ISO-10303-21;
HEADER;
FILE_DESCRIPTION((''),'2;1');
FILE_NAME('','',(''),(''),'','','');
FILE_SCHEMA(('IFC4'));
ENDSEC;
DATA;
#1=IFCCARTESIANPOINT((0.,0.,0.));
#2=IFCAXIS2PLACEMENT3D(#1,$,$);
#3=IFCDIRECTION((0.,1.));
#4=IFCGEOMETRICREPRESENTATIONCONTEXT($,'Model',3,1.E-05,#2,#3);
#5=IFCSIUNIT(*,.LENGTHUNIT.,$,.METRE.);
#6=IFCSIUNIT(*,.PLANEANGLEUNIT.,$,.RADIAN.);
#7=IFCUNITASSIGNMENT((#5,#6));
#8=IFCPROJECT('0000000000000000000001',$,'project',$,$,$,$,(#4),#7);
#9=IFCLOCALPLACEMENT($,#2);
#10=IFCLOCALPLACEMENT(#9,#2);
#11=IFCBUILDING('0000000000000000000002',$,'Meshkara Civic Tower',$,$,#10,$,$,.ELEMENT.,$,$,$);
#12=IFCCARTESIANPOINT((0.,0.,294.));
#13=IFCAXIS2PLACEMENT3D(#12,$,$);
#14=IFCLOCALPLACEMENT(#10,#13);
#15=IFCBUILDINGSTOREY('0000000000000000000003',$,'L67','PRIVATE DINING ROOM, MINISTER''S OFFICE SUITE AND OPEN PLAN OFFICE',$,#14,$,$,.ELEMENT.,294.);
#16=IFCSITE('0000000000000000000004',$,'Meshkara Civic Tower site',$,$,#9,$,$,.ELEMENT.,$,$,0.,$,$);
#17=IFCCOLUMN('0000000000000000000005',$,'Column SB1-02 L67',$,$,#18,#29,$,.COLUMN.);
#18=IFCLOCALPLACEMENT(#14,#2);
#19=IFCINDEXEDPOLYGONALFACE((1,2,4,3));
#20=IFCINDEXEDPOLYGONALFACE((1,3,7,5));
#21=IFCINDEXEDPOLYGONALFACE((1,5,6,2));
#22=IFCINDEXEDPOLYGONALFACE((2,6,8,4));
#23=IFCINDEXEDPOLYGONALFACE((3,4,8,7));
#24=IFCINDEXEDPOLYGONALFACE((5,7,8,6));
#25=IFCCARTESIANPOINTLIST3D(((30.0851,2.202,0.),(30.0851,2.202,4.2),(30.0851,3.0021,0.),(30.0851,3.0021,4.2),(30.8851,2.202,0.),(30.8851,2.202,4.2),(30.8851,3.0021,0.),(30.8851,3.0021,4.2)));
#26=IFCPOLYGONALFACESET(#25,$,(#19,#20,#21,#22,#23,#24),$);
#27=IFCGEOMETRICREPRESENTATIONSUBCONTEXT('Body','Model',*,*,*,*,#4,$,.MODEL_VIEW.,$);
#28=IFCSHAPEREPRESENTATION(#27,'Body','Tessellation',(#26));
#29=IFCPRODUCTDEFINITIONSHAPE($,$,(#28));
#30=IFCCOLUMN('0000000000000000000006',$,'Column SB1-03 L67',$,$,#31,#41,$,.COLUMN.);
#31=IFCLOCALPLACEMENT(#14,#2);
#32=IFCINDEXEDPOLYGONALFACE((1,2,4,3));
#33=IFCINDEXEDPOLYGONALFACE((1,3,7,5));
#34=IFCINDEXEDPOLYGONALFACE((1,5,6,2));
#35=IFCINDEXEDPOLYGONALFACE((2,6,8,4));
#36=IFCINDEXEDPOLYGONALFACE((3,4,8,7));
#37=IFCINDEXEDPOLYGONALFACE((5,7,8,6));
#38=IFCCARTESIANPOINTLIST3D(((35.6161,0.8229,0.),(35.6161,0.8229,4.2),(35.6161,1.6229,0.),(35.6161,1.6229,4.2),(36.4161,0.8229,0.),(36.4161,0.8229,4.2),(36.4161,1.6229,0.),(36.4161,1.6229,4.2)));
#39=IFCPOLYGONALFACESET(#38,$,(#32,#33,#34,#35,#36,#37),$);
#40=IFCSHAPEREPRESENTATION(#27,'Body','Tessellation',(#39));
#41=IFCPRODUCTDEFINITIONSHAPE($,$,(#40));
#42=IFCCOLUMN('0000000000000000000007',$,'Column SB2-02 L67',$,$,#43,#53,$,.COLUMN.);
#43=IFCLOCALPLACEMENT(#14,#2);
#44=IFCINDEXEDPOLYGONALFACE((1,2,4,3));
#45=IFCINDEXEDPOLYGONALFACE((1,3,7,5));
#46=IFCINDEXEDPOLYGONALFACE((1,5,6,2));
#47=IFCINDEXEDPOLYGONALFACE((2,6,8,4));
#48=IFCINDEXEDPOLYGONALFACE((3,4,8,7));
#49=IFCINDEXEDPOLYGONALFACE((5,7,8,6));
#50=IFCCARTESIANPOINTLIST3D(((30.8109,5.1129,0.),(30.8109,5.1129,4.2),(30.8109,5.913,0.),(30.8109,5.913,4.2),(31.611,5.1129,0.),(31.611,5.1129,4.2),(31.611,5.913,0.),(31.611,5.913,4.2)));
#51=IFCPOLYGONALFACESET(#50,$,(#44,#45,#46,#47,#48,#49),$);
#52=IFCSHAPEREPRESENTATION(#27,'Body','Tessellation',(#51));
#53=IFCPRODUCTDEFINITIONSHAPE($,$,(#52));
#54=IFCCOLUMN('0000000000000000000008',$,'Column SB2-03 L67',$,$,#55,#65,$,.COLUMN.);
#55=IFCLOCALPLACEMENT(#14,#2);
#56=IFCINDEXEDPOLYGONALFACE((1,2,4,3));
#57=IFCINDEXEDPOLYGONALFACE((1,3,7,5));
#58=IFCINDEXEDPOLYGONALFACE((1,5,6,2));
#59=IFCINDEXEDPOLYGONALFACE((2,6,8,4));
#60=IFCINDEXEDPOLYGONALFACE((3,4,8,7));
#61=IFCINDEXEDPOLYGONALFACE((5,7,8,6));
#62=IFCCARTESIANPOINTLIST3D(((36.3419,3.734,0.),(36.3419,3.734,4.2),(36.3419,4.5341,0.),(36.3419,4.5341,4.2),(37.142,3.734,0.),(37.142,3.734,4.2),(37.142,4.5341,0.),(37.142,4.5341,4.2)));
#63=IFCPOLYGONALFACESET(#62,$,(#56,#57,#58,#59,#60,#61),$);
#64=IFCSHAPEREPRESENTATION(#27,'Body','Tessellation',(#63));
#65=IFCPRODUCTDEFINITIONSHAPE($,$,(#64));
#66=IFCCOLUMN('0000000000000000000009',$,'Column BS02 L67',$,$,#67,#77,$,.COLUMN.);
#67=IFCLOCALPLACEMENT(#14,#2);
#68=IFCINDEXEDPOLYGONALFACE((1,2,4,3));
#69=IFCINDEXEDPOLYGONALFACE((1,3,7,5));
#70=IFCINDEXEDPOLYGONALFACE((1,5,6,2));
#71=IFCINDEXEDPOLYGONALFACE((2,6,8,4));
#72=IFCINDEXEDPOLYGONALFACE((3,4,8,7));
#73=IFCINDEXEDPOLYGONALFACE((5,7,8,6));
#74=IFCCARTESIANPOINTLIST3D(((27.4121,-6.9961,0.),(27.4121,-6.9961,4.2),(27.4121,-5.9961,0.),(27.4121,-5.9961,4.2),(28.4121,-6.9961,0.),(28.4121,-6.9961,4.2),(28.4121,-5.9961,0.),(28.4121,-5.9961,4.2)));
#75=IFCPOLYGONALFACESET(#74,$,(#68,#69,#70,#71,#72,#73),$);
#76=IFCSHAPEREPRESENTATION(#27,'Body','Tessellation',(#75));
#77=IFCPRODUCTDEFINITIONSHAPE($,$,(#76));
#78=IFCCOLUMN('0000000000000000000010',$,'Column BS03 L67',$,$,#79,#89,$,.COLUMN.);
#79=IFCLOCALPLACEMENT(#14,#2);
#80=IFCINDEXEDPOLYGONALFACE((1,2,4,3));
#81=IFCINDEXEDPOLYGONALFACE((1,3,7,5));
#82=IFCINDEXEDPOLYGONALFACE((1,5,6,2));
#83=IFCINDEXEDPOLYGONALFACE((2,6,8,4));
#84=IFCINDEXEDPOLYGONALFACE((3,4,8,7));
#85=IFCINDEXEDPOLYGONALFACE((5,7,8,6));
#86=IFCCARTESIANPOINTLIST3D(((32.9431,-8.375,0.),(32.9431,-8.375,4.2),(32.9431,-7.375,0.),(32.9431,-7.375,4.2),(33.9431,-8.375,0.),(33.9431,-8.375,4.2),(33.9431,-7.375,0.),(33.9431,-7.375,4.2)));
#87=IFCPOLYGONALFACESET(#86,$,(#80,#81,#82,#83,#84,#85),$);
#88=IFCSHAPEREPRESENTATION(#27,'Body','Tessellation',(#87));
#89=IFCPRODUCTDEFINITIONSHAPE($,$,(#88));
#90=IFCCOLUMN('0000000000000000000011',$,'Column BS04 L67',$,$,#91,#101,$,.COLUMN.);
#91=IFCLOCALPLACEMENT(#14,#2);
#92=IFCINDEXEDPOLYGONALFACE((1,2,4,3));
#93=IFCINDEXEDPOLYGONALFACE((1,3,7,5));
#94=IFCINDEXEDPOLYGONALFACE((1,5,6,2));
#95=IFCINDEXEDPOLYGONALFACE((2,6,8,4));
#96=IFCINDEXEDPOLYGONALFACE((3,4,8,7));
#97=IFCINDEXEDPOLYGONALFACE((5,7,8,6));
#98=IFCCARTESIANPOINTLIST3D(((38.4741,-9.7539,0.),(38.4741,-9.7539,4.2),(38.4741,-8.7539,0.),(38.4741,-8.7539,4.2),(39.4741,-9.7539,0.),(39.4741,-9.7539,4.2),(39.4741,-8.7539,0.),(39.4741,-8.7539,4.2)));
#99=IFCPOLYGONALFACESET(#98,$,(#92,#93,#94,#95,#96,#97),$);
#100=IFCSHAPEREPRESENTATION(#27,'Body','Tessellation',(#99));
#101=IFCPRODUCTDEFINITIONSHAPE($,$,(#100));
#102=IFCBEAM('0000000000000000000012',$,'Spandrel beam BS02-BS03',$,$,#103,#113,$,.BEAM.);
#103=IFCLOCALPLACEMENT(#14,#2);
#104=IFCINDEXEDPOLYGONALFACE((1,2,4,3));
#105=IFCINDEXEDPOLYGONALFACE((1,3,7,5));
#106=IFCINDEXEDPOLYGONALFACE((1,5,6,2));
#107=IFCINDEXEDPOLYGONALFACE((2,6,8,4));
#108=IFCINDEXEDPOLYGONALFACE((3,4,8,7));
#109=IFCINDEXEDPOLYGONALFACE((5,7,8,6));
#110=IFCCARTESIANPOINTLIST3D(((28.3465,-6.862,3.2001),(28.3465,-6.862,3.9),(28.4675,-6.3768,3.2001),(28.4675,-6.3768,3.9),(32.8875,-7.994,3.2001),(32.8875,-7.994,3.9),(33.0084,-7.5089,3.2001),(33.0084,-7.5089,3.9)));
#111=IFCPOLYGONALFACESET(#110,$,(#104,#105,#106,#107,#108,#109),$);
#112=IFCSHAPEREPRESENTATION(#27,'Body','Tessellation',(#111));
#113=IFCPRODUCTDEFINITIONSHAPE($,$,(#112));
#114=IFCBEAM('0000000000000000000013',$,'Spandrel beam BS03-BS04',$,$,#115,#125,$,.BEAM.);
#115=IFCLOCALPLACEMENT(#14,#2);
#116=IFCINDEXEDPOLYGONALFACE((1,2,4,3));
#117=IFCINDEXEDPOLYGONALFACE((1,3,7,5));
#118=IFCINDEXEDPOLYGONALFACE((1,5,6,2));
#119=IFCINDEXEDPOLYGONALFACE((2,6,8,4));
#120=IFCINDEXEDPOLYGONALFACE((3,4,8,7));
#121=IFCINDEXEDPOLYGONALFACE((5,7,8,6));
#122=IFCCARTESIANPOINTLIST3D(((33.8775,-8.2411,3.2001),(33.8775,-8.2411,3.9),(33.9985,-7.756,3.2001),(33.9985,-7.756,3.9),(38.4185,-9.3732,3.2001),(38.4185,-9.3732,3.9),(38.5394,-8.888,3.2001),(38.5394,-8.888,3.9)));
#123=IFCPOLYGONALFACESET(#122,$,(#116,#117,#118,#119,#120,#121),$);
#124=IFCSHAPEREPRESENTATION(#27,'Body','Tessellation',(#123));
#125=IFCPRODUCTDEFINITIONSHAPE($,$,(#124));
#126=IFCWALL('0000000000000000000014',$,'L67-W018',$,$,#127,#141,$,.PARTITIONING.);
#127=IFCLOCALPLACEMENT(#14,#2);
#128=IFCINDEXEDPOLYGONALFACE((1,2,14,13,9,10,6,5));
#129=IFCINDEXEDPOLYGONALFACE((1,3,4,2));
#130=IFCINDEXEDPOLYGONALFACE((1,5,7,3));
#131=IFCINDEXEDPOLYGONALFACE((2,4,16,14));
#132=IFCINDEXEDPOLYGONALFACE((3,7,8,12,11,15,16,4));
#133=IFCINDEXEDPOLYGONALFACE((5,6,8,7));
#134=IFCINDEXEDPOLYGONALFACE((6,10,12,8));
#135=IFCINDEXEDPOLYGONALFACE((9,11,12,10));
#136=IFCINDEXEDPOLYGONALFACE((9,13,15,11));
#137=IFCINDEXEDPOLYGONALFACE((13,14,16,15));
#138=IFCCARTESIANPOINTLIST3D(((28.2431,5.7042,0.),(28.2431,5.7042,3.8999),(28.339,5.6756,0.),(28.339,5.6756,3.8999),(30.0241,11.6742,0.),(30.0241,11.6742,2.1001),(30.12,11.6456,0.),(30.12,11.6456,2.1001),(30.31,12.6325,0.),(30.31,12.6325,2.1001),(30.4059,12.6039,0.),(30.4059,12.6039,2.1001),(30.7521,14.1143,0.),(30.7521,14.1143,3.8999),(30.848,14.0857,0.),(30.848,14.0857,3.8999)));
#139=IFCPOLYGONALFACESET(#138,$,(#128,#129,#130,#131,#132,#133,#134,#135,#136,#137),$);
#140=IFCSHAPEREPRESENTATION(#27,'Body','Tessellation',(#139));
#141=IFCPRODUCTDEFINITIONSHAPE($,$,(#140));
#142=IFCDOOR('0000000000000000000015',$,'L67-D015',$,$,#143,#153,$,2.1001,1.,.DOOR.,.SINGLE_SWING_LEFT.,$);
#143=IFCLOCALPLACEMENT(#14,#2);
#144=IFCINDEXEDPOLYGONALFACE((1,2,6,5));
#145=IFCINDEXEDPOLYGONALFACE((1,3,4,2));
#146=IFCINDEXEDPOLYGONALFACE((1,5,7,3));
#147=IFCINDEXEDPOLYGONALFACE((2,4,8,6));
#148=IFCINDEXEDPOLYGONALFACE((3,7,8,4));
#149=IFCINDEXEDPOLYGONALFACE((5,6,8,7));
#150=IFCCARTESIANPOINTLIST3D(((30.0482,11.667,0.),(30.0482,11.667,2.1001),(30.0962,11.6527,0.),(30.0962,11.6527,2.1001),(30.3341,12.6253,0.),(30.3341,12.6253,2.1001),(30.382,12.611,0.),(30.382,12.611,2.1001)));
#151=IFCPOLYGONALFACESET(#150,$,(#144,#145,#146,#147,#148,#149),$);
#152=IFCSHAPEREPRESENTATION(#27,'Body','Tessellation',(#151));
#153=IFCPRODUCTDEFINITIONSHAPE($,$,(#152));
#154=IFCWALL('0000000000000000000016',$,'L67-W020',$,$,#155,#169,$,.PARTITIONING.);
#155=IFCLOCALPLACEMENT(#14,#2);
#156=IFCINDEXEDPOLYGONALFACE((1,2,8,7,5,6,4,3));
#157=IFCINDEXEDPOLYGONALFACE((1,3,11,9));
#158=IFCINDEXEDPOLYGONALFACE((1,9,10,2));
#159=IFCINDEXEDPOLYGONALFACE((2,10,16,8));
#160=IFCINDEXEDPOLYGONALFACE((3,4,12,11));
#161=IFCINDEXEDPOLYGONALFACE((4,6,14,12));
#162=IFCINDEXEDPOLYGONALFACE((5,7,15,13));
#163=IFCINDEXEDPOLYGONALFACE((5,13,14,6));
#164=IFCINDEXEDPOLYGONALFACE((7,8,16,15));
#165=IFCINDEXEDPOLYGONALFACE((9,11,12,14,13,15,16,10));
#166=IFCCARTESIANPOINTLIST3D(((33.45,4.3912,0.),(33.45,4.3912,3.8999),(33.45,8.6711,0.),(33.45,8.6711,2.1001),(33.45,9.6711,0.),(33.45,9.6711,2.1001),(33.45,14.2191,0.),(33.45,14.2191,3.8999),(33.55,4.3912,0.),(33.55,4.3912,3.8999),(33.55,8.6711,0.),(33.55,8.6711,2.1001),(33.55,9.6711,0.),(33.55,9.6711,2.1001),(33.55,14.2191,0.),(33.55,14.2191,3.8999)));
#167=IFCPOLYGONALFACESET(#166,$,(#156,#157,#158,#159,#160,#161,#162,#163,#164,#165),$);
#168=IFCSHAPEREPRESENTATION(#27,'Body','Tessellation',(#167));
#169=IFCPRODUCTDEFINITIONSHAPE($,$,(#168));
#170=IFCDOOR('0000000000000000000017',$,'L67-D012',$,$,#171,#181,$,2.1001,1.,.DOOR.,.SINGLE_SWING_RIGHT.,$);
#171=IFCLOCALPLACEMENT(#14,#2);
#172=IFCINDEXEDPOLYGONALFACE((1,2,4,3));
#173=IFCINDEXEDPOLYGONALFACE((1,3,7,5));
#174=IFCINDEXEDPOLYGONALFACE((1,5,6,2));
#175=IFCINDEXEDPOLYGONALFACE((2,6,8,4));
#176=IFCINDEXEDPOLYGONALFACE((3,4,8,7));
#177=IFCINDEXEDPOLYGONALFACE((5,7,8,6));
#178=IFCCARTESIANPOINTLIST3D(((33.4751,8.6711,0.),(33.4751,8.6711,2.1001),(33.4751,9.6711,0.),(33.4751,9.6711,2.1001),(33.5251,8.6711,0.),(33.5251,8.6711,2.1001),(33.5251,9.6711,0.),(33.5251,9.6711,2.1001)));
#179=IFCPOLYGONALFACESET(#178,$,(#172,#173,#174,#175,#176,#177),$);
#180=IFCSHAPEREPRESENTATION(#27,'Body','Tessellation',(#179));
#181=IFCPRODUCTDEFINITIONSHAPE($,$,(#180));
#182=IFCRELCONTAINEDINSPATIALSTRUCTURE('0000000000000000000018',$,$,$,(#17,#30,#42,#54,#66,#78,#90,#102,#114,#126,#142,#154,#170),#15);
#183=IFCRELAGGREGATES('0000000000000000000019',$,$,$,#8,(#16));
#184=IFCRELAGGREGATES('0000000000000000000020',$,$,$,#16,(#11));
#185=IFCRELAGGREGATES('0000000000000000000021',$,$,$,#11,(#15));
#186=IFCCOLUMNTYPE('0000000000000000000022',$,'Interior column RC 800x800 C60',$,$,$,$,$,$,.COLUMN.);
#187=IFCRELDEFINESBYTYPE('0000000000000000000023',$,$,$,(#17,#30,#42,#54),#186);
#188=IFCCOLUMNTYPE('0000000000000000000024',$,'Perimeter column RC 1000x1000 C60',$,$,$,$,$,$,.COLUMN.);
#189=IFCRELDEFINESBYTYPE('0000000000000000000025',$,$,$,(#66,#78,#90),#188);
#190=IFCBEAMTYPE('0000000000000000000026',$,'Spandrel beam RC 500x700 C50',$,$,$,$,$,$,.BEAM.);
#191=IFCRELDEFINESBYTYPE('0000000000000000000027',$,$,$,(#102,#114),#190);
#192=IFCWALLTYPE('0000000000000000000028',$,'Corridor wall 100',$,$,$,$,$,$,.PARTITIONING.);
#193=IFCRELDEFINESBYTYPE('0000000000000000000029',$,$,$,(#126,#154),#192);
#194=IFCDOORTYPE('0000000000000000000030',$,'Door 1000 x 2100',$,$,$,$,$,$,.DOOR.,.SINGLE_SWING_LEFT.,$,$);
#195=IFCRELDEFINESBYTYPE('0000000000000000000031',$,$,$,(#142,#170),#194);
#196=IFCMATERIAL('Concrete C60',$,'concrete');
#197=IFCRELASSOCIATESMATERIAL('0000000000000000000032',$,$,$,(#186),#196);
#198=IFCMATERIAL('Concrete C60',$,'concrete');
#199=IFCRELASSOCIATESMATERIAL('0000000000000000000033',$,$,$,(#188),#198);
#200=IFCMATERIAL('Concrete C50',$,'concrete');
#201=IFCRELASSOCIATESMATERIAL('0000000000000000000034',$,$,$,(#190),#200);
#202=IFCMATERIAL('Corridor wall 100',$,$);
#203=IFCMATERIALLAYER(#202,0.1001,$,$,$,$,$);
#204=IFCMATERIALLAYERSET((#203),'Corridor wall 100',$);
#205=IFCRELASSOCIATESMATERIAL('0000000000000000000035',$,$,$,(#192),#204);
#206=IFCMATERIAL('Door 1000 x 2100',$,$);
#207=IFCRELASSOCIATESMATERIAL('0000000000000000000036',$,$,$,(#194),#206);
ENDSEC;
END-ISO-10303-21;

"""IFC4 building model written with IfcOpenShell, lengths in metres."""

from ifc_helpers import new_model, si_unit, direction, frame, frame_2d, origin, origin_2d, place, context, subcontext, project, spatial, rectangle, extrude, material, layer, layer_set, material_profile, profile_set, type_object, element, fill, save


model = new_model("IFC4")

# Units and contexts
model_context = context("Model", 3, precision=1e-05, world=origin(), true_north=direction((0.0, 1.0)))
body_context = subcontext(model_context, "Body", "Model", "MODEL_VIEW")
ifc_project = project(units=[si_unit("LENGTHUNIT", "METRE"), si_unit("PLANEANGLEUNIT", "RADIAN")], contexts=[model_context])

# Site, building, storey
site_placement = place(None, origin())
site = spatial("IfcSite", under=ifc_project, at=site_placement, Name="Meshkara Civic Tower site", CompositionType="ELEMENT", RefElevation=0.0)
building_placement = place(site_placement, origin())
building = spatial("IfcBuilding", under=site, at=building_placement, Name="Meshkara Civic Tower", CompositionType="ELEMENT")
storey_placement = place(building_placement, frame((0.0, 0.0, 294.0)))
storey = spatial("IfcBuildingStorey", under=building, at=storey_placement, Name="L67", Description="PRIVATE DINING ROOM, MINISTER'S OFFICE SUITE AND OPEN PLAN OFFICE", CompositionType="ELEMENT", Elevation=294.0)

# Columns
ifc_material_1 = material(Name="Concrete C60", Category="concrete")
ifc_material_profile_1 = material_profile(ifc_material_1, rectangle(XDim=0.8, YDim=0.8, at=origin_2d()))
ifc_profile_set_1 = profile_set([ifc_material_profile_1], Name="Concrete C60")
column_type_1 = type_object("IfcColumnType", Name="Interior column RC 800x800 C60", PredefinedType="COLUMN", material=ifc_profile_set_1)
for number, where, z_axis, x_axis, name in (
    (1, (30.4851, 2.6021, 0.0), (0.0, 0.0, 1.0), (1.0, 0.0, 0.0), "Column SB1-02 L67"),
    (2, (36.0161, 1.2229, 0.0), (0.0, 0.0, 1.0), (1.0, 0.0, 0.0), "Column SB1-03 L67"),
    (3, (31.2109, 5.5129, 0.0), (0.0, 0.0, 1.0), (1.0, 0.0, 0.0), "Column SB2-02 L67"),
    (4, (36.7419, 4.134, 0.0), (0.0, 0.0, 1.0), (1.0, 0.0, 0.0), "Column SB2-03 L67"),
):
    element("IfcColumn", number, at=place(storey_placement, frame(where, z_axis=z_axis, x_axis=x_axis)), inside=storey, type_object=column_type_1, Name=name, PredefinedType="COLUMN", context=body_context, shape_type="SweptSolid", body=[
        extrude(rectangle(XDim=0.8, YDim=0.8, at=origin_2d()), origin(), (0.0, 0.0, 1.0), 4.2),
    ])
ifc_material_2 = material(Name="Concrete C60", Category="concrete")
ifc_material_profile_2 = material_profile(ifc_material_2, rectangle(XDim=1.0, YDim=1.0, at=origin_2d()))
ifc_profile_set_2 = profile_set([ifc_material_profile_2], Name="Concrete C60")
column_type_2 = type_object("IfcColumnType", Name="Perimeter column RC 1000x1000 C60", PredefinedType="COLUMN", material=ifc_profile_set_2)
for number, where, z_axis, x_axis, name in (
    (5, (27.9121, -6.4961, 0.0), (0.0, 0.0, 1.0), (1.0, 0.0, 0.0), "Column BS02 L67"),
    (6, (33.4431, -7.875, 0.0), (0.0, 0.0, 1.0), (1.0, 0.0, 0.0), "Column BS03 L67"),
    (7, (38.9741, -9.2539, 0.0), (0.0, 0.0, 1.0), (1.0, 0.0, 0.0), "Column BS04 L67"),
):
    element("IfcColumn", number, at=place(storey_placement, frame(where, z_axis=z_axis, x_axis=x_axis)), inside=storey, type_object=column_type_2, Name=name, PredefinedType="COLUMN", context=body_context, shape_type="SweptSolid", body=[
        extrude(rectangle(XDim=1.0, YDim=1.0, at=origin_2d()), origin(), (0.0, 0.0, 1.0), 4.2),
    ])

# Beams
ifc_material_3 = material(Name="Concrete C50", Category="concrete")
ifc_material_profile_3 = material_profile(ifc_material_3, rectangle(XDim=0.5, YDim=0.7, at=origin_2d()))
ifc_profile_set_3 = profile_set([ifc_material_profile_3], Name="Concrete C50")
beam_type = type_object("IfcBeamType", Name="Spandrel beam RC 500x700 C50", PredefinedType="BEAM", material=ifc_profile_set_3)
for number, where, z_axis, x_axis, name in (
    (8, (28.407, -6.6194, 3.55), (0.970302, -0.241897, 0.0), (0.241897, 0.970302, 0.0), "Spandrel beam BS02-BS03"),
    (9, (33.938, -7.9985, 3.55), (0.970302, -0.241897, 0.0), (0.241897, 0.970302, 0.0), "Spandrel beam BS03-BS04"),
):
    element("IfcBeam", number, at=place(storey_placement, frame(where, z_axis=z_axis, x_axis=x_axis)), inside=storey, type_object=beam_type, Name=name, PredefinedType="BEAM", context=body_context, shape_type="SweptSolid", body=[
        extrude(rectangle(XDim=0.5, YDim=0.7, at=origin_2d()), origin(), (0.0, 0.0, 1.0), 4.6799),
    ])

# Walls, openings, doors
ifc_material_4 = material(Name="Corridor wall 100")
ifc_layer_1 = layer(ifc_material_4, 0.1001)
ifc_layer_set_1 = layer_set([ifc_layer_1], Name="Corridor wall 100")
wall_type_1 = type_object("IfcWallType", Name="Corridor wall 100", PredefinedType="PARTITIONING", material=ifc_layer_set_1)
wall_1_placement = place(storey_placement, frame((28.291, 5.6899, 0.0), z_axis=(0.0, 0.0, 1.0), x_axis=(0.285883, 0.958265, 0.0)))
wall_1 = element("IfcWall", 10, at=wall_1_placement, inside=storey, type_object=wall_type_1, Name="L67-W018", PredefinedType="PARTITIONING", context=body_context, shape_type="SweptSolid", body=[
    extrude(rectangle(XDim=8.7764, YDim=0.1001, at=frame_2d((4.3882, 0.0))), origin(), (0.0, 0.0, 1.0), 3.8999),
])
opening_1_placement = place(wall_1_placement, frame((6.23, 0.0, 0.0)))
opening_1 = element("IfcOpeningElement", 11, at=opening_1_placement, cuts=wall_1, PredefinedType="OPENING", context=body_context, shape_type="SweptSolid", body=[
    extrude(rectangle(XDim=1.0, YDim=2.1001, at=frame_2d((0.5, 1.05))), frame((0.0, 0.0601, 0.0), z_axis=(0.0, -1.0, 0.0), x_axis=(1.0, 0.0, 0.0)), (0.0, 0.0, 1.0), 0.1201),
])
ifc_material_5 = material(Name="Door 1000 x 2100")
door_type_1 = type_object("IfcDoorType", Name="Door 1000 x 2100", OperationType="SINGLE_SWING_LEFT", PredefinedType="DOOR", material=ifc_material_5)
door_1_placement = place(opening_1_placement, origin())
door_1 = element("IfcDoor", 12, at=door_1_placement, inside=storey, type_object=door_type_1, Name="L67-D015", OperationType="SINGLE_SWING_LEFT", OverallHeight=2.1001, OverallWidth=1.0, PredefinedType="DOOR", context=body_context, shape_type="SweptSolid", body=[
    extrude(rectangle(XDim=1.0, YDim=2.1001, at=frame_2d((0.5, 1.05))), frame((0.0, 0.0249, 0.0), z_axis=(0.0, -1.0, 0.0), x_axis=(1.0, 0.0, 0.0)), (0.0, 0.0, 1.0), 0.05),
])
fill(opening_1, door_1)
wall_2_placement = place(storey_placement, frame((33.5, 4.3911, 0.0), z_axis=(0.0, 0.0, 1.0), x_axis=(0.0, 1.0, 0.0)))
wall_2 = element("IfcWall", 13, at=wall_2_placement, inside=storey, type_object=wall_type_1, Name="L67-W020", PredefinedType="PARTITIONING", context=body_context, shape_type="SweptSolid", body=[
    extrude(rectangle(XDim=9.8279, YDim=0.1001, at=frame_2d((4.9141, 0.0))), origin(), (0.0, 0.0, 1.0), 3.8999),
])
opening_2_placement = place(wall_2_placement, frame((4.28, 0.0, 0.0)))
opening_2 = element("IfcOpeningElement", 14, at=opening_2_placement, cuts=wall_2, PredefinedType="OPENING", context=body_context, shape_type="SweptSolid", body=[
    extrude(rectangle(XDim=1.0, YDim=2.1001, at=frame_2d((0.5, 1.05))), frame((0.0, 0.0601, 0.0), z_axis=(0.0, -1.0, 0.0), x_axis=(1.0, 0.0, 0.0)), (0.0, 0.0, 1.0), 0.1201),
])
door_2_placement = place(opening_2_placement, origin())
door_2 = element("IfcDoor", 15, at=door_2_placement, inside=storey, type_object=door_type_1, Name="L67-D012", OperationType="SINGLE_SWING_RIGHT", OverallHeight=2.1001, OverallWidth=1.0, PredefinedType="DOOR", context=body_context, shape_type="SweptSolid", body=[
    extrude(rectangle(XDim=1.0, YDim=2.1001, at=frame_2d((0.5, 1.05))), frame((0.0, 0.0249, 0.0), z_axis=(0.0, -1.0, 0.0), x_axis=(1.0, 0.0, 0.0)), (0.0, 0.0, 1.0), 0.05),
])
fill(opening_2, door_2)

save(model, "model.ifc")
